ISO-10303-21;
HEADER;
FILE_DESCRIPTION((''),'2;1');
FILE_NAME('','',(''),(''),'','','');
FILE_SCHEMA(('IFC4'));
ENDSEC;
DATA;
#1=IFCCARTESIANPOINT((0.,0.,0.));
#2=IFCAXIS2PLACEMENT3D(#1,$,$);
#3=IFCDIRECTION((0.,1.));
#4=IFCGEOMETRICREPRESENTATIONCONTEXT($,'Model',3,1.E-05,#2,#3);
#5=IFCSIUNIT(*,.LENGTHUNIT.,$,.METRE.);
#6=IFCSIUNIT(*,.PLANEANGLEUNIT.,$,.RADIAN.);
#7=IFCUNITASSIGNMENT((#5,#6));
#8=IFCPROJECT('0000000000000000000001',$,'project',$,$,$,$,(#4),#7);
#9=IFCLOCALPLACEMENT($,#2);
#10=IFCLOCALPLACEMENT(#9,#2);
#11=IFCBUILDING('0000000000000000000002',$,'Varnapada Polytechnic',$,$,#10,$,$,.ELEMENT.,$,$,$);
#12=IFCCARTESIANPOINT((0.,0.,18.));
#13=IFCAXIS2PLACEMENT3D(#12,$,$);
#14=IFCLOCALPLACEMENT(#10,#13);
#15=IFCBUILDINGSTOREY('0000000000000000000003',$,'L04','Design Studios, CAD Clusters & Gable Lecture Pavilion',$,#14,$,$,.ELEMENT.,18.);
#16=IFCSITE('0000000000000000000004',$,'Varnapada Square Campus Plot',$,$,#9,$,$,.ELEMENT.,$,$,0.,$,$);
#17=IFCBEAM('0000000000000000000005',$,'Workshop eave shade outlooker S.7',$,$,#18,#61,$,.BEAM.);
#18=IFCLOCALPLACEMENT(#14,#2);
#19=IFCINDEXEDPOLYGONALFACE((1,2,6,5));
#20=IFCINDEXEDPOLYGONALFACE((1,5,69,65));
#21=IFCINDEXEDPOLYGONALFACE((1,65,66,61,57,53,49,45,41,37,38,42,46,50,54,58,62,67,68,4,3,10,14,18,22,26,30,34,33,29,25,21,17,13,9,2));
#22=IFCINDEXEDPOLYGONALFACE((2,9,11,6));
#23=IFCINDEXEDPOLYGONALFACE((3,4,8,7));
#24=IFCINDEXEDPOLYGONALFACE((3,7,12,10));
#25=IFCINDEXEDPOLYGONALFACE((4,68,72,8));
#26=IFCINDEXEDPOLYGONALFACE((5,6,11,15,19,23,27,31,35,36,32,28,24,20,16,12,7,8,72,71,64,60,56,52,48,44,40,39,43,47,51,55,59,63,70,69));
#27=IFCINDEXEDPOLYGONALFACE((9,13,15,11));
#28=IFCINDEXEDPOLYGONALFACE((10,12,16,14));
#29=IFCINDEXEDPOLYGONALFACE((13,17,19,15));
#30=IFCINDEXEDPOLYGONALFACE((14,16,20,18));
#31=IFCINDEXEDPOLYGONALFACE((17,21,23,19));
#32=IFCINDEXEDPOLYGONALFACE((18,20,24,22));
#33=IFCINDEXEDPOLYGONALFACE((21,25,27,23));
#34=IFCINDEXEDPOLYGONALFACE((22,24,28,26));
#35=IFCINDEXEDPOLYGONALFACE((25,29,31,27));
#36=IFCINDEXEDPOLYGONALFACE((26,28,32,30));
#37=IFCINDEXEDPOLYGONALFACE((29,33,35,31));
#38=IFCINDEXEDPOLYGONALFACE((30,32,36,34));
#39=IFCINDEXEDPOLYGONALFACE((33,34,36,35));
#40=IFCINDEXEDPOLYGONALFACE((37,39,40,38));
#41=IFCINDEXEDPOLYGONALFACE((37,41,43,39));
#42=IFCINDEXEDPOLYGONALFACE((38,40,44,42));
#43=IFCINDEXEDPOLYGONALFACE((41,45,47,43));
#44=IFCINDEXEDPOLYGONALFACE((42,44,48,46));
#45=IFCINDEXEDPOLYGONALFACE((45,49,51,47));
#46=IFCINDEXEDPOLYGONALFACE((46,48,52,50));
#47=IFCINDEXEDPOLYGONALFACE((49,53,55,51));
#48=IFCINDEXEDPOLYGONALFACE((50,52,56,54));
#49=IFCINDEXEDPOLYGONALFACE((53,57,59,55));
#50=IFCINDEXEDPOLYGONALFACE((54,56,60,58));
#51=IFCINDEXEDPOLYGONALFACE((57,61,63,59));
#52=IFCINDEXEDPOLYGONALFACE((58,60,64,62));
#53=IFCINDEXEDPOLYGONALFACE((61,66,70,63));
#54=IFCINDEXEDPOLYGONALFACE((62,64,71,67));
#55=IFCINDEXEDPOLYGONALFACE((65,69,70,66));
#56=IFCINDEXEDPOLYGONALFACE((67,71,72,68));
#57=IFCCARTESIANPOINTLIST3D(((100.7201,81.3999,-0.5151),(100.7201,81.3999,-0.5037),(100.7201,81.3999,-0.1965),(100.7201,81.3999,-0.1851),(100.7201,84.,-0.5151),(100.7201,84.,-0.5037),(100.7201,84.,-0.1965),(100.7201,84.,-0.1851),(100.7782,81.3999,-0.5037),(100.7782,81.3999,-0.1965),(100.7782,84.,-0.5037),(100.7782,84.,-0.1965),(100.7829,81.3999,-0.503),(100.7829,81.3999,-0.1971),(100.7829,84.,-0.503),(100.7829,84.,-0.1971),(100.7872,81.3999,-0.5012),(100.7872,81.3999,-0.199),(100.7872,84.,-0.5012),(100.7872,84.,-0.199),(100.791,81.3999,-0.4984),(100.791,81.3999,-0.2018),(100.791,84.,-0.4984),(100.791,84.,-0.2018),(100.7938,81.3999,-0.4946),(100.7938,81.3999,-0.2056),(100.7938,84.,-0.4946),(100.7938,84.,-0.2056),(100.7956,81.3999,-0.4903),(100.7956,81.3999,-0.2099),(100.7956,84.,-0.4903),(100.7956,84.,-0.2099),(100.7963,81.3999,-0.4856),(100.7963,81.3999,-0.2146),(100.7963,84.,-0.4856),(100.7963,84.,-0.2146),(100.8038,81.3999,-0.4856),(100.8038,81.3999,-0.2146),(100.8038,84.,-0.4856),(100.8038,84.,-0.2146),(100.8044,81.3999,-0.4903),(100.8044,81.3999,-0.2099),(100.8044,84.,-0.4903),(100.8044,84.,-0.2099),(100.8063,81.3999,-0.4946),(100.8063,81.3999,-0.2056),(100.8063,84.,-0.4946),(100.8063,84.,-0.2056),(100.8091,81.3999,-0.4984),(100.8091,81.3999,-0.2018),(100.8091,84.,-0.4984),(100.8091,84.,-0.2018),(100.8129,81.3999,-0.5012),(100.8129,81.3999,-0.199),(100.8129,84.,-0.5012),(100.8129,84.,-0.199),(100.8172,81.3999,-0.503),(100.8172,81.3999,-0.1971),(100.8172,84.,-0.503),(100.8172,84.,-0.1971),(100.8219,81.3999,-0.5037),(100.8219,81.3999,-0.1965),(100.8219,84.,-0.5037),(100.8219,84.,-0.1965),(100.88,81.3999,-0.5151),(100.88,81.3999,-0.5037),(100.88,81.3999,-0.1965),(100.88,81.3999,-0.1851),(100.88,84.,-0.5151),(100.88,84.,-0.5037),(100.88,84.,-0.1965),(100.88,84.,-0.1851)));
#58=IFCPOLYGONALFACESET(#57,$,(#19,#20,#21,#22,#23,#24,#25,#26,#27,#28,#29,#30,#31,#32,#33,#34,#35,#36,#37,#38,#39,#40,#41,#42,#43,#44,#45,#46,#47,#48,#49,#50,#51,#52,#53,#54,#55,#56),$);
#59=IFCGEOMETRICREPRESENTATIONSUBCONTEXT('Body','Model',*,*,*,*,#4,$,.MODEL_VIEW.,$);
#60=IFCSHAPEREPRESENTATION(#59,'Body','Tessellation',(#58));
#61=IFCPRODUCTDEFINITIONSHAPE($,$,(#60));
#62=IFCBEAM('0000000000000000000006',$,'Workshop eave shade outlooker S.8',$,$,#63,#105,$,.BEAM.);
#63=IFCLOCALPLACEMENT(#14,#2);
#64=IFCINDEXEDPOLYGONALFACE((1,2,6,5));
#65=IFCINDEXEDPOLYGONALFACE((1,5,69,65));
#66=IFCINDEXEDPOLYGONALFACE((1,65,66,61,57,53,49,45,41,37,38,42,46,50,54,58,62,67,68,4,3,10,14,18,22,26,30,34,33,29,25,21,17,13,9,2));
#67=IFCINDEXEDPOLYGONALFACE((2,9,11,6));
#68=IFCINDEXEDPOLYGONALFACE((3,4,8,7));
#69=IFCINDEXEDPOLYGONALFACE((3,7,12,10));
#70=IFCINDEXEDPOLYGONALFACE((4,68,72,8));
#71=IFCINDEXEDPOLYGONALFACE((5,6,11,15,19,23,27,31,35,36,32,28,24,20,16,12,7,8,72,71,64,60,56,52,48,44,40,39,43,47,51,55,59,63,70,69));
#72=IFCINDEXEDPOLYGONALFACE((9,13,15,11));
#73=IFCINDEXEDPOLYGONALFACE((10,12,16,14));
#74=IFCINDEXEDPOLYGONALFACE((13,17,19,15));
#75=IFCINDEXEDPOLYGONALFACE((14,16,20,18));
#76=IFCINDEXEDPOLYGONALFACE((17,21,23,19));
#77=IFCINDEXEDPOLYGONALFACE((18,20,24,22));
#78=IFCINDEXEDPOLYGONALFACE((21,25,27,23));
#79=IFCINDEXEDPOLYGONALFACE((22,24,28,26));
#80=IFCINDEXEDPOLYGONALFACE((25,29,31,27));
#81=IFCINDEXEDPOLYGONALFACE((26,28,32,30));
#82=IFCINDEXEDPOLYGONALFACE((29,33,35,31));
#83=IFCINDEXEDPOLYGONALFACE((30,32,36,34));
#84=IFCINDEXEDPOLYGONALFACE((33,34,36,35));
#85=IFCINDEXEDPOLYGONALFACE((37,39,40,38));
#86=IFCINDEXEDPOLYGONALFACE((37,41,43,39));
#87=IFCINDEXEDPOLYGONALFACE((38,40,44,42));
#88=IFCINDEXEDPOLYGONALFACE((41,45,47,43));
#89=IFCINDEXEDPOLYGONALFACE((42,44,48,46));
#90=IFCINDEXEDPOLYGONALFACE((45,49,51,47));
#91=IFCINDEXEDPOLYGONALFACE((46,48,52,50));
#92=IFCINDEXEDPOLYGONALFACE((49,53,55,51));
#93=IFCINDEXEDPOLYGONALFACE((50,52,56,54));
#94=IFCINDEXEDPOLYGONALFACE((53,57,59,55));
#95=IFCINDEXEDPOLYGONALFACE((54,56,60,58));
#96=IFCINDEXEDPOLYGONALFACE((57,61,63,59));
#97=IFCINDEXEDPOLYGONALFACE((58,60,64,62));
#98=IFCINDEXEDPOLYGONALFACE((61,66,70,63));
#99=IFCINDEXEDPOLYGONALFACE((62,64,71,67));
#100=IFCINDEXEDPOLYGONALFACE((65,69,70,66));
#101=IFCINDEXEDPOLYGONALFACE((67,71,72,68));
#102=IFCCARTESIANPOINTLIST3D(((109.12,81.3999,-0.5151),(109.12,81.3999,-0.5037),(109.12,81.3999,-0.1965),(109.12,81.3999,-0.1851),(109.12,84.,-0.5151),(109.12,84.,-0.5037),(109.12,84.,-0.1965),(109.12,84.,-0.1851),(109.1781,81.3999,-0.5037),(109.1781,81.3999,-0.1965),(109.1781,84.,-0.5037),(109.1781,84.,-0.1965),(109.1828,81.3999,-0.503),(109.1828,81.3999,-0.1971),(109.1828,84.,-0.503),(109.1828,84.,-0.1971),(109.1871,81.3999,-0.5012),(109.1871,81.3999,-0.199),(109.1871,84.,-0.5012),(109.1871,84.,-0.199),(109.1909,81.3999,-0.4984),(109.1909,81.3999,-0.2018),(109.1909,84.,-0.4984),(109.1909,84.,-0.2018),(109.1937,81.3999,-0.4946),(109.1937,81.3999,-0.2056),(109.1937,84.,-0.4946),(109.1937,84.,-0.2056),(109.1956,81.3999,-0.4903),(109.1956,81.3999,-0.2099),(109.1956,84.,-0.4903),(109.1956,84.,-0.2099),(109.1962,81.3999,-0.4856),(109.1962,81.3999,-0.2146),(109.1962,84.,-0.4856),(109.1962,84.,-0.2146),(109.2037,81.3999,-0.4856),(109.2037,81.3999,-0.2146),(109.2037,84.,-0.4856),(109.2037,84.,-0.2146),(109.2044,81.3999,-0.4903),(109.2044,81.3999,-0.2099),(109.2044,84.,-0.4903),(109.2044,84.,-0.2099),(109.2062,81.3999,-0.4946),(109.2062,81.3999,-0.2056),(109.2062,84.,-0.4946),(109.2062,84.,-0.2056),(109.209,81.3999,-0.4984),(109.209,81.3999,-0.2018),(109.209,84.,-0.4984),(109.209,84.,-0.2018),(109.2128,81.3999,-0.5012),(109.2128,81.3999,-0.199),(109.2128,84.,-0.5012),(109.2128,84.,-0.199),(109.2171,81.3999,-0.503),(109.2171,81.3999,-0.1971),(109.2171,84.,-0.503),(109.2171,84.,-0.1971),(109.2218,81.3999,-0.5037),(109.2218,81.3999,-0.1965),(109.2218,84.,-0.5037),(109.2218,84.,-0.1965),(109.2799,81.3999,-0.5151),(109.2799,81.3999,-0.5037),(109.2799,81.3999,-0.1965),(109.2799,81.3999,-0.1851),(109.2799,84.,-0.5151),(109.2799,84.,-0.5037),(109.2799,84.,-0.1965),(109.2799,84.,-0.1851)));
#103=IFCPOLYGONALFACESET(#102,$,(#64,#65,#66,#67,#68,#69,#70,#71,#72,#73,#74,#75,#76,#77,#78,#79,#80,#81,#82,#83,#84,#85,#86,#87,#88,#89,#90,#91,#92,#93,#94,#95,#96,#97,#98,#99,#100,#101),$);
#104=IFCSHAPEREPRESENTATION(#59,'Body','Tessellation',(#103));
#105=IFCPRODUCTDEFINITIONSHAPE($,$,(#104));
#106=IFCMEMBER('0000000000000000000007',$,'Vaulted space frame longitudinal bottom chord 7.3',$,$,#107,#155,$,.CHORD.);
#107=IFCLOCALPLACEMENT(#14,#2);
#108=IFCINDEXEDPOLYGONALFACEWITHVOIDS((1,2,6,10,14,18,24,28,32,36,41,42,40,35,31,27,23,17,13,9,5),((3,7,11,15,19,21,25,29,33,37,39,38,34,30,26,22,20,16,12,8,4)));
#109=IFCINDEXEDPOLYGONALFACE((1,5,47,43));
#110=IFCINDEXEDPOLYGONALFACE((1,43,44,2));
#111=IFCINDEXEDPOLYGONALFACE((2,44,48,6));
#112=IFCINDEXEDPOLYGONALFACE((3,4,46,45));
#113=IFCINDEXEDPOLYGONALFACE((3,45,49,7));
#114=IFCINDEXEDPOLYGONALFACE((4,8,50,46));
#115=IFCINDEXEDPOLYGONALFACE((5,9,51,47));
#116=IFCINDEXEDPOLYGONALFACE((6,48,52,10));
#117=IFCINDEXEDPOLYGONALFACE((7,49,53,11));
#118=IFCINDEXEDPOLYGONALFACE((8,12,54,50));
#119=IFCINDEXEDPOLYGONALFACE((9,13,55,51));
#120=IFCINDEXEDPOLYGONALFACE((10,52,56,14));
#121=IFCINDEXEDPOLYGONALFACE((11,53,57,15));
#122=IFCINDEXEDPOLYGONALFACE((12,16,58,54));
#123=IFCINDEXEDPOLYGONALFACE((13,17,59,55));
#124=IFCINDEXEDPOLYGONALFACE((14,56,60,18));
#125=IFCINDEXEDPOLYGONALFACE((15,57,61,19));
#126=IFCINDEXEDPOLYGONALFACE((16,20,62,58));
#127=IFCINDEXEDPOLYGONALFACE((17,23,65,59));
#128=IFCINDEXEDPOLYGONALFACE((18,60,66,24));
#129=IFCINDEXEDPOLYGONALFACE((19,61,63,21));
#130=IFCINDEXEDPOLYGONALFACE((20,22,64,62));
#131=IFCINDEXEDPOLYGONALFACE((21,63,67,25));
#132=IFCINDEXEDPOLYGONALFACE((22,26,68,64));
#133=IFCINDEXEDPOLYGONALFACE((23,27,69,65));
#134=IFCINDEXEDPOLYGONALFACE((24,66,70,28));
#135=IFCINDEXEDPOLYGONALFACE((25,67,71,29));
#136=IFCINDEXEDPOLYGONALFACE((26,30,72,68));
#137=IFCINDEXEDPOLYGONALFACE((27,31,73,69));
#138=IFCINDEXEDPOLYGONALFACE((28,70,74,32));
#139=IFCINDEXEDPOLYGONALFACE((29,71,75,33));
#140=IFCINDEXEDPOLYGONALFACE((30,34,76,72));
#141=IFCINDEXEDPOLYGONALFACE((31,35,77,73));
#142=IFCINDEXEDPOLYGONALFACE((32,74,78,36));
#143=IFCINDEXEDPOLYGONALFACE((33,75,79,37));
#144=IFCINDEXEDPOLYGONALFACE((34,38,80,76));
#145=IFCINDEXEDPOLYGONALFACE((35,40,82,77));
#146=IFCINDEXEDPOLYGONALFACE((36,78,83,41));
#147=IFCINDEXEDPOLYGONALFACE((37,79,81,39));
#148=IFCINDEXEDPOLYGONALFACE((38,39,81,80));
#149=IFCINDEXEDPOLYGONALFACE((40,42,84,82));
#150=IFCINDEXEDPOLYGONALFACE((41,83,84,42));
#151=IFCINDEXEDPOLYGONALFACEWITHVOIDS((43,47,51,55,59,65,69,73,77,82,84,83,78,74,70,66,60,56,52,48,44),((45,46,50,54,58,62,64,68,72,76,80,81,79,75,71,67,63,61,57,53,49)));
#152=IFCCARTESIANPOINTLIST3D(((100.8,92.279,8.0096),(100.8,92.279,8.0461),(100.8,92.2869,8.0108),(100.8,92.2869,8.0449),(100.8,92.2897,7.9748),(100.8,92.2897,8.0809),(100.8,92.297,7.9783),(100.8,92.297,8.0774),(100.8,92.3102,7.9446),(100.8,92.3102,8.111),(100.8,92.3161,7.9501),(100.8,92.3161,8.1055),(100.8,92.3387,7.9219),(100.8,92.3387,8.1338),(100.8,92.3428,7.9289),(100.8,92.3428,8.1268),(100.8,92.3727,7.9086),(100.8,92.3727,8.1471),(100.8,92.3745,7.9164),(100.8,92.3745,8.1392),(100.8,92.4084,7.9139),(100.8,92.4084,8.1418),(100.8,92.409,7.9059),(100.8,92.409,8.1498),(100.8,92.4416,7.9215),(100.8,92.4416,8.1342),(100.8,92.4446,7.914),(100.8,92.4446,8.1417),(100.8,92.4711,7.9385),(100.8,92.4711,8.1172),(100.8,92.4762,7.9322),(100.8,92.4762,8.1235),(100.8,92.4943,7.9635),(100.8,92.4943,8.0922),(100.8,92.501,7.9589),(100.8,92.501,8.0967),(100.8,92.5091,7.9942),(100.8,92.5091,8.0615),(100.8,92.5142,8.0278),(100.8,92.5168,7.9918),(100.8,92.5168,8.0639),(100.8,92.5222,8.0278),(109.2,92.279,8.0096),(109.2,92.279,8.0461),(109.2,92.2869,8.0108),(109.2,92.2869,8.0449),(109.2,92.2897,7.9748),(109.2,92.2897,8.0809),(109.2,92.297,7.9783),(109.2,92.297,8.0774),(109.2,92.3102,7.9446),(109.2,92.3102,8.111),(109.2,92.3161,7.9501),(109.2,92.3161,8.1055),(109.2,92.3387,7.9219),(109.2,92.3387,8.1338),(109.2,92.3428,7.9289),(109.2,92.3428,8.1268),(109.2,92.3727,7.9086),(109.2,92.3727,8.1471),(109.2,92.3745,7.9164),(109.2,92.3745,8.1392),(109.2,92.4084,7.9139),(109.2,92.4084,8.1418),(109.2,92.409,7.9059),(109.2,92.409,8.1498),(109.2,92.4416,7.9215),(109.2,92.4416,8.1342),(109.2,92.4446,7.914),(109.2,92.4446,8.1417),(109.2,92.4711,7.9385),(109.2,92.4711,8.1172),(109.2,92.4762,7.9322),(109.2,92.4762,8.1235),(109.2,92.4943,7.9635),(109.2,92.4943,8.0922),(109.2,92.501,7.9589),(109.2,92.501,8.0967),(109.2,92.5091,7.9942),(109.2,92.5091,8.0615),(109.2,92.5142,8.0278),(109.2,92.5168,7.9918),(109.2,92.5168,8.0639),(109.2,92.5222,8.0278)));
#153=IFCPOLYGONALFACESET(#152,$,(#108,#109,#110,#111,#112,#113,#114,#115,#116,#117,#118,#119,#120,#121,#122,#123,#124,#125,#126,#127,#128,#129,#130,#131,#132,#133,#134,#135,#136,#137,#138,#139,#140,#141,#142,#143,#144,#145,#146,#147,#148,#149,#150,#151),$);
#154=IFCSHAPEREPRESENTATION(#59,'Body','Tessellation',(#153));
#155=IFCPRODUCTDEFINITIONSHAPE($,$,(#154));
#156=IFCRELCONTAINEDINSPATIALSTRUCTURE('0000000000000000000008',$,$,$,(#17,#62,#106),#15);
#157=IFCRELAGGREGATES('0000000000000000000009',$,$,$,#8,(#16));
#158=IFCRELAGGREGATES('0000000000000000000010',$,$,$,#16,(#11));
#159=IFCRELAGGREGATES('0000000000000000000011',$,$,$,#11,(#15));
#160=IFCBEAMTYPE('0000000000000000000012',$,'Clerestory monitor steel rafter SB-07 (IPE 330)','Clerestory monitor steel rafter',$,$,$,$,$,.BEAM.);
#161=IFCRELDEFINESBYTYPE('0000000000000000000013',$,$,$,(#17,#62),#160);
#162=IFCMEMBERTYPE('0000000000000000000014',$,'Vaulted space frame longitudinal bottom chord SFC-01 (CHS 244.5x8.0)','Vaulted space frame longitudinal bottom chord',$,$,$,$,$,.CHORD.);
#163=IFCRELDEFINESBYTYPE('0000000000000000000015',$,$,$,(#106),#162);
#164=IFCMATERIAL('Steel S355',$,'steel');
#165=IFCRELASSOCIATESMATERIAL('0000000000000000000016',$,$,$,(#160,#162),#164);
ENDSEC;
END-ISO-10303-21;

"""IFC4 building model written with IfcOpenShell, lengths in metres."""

from ifc_helpers import new_model, si_unit, direction, frame, origin, origin_2d, place, context, subcontext, project, spatial, hollow_circle, i_section, extrude, material, material_profile, profile_set, type_object, element, save


model = new_model("IFC4")

# Units and contexts
model_context = context("Model", 3, precision=1e-05, world=origin(), true_north=direction((0.0, 1.0)))
body_context = subcontext(model_context, "Body", "Model", "MODEL_VIEW")
ifc_project = project(units=[si_unit("LENGTHUNIT", "METRE"), si_unit("PLANEANGLEUNIT", "RADIAN")], contexts=[model_context])

# Site, building, storey
site_placement = place(None, origin())
site = spatial("IfcSite", under=ifc_project, at=site_placement, Name="Varnapada Square Campus Plot", CompositionType="ELEMENT", RefElevation=0.0)
building_placement = place(site_placement, origin())
building = spatial("IfcBuilding", under=site, at=building_placement, Name="Varnapada Polytechnic", CompositionType="ELEMENT")
storey_placement = place(building_placement, frame((0.0, 0.0, 18.0)))
storey = spatial("IfcBuildingStorey", under=building, at=storey_placement, Name="L04", Description="Design Studios, CAD Clusters & Gable Lecture Pavilion", CompositionType="ELEMENT", Elevation=18.0)

# Beams
ifc_material = material(Name="Steel S355", Category="steel")
ifc_material_profile_1 = material_profile(ifc_material, i_section(OverallWidth=0.1599, OverallDepth=0.3301, WebThickness=0.0076, FlangeThickness=0.0115, FilletRadius=0.0181, at=origin_2d()), Name="IPE 330")
ifc_profile_set_1 = profile_set([ifc_material_profile_1], Name="Steel S355")
beam_type_1 = type_object("IfcBeamType", Name="Clerestory monitor steel rafter SB-07 (IPE 330)", Description="Clerestory monitor steel rafter", PredefinedType="BEAM", material=ifc_profile_set_1)
for number, where, z_axis, x_axis, name in (
    (1, (100.8, 84.0, -0.3501), (0.0, -1.0, 0.0), (1.0, 0.0, 0.0), "Workshop eave shade outlooker S.7"),
    (2, (109.2, 84.0, -0.3501), (0.0, -1.0, 0.0), (1.0, 0.0, 0.0), "Workshop eave shade outlooker S.8"),
):
    element("IfcBeam", number, at=place(storey_placement, frame(where, z_axis=z_axis, x_axis=x_axis)), inside=storey, type_object=beam_type_1, Name=name, PredefinedType="BEAM", context=body_context, shape_type="SweptSolid", body=[
        extrude(i_section(OverallWidth=0.1599, OverallDepth=0.3301, WebThickness=0.0076, FlangeThickness=0.0115, FilletRadius=0.0181, at=origin_2d()), origin(), (0.0, 0.0, 1.0), 2.6001),
    ])

# Member
ifc_material_profile_2 = material_profile(ifc_material, hollow_circle(Radius=0.1223, WallThickness=0.0081, at=origin_2d()), Name="CHS 244.5x8.0")
ifc_profile_set_2 = profile_set([ifc_material_profile_2], Name="Steel S355")
member_type_1 = type_object("IfcMemberType", Name="Vaulted space frame longitudinal bottom chord SFC-01 (CHS 244.5x8.0)", Description="Vaulted space frame longitudinal bottom chord", PredefinedType="CHORD", material=ifc_profile_set_2)
member_1_placement = place(storey_placement, frame((100.8, 92.3999, 8.0278), z_axis=(1.0, 0.0, 0.0), x_axis=(0.0, 1.0, 0.0)))
element("IfcMember", 3, at=member_1_placement, inside=storey, type_object=member_type_1, Name="Vaulted space frame longitudinal bottom chord 7.3", PredefinedType="CHORD", context=body_context, shape_type="SweptSolid", body=[
    extrude(hollow_circle(Radius=0.1223, WallThickness=0.0081, at=origin_2d()), origin(), (0.0, 0.0, 1.0), 8.3999),
])

save(model, "model.ifc")
